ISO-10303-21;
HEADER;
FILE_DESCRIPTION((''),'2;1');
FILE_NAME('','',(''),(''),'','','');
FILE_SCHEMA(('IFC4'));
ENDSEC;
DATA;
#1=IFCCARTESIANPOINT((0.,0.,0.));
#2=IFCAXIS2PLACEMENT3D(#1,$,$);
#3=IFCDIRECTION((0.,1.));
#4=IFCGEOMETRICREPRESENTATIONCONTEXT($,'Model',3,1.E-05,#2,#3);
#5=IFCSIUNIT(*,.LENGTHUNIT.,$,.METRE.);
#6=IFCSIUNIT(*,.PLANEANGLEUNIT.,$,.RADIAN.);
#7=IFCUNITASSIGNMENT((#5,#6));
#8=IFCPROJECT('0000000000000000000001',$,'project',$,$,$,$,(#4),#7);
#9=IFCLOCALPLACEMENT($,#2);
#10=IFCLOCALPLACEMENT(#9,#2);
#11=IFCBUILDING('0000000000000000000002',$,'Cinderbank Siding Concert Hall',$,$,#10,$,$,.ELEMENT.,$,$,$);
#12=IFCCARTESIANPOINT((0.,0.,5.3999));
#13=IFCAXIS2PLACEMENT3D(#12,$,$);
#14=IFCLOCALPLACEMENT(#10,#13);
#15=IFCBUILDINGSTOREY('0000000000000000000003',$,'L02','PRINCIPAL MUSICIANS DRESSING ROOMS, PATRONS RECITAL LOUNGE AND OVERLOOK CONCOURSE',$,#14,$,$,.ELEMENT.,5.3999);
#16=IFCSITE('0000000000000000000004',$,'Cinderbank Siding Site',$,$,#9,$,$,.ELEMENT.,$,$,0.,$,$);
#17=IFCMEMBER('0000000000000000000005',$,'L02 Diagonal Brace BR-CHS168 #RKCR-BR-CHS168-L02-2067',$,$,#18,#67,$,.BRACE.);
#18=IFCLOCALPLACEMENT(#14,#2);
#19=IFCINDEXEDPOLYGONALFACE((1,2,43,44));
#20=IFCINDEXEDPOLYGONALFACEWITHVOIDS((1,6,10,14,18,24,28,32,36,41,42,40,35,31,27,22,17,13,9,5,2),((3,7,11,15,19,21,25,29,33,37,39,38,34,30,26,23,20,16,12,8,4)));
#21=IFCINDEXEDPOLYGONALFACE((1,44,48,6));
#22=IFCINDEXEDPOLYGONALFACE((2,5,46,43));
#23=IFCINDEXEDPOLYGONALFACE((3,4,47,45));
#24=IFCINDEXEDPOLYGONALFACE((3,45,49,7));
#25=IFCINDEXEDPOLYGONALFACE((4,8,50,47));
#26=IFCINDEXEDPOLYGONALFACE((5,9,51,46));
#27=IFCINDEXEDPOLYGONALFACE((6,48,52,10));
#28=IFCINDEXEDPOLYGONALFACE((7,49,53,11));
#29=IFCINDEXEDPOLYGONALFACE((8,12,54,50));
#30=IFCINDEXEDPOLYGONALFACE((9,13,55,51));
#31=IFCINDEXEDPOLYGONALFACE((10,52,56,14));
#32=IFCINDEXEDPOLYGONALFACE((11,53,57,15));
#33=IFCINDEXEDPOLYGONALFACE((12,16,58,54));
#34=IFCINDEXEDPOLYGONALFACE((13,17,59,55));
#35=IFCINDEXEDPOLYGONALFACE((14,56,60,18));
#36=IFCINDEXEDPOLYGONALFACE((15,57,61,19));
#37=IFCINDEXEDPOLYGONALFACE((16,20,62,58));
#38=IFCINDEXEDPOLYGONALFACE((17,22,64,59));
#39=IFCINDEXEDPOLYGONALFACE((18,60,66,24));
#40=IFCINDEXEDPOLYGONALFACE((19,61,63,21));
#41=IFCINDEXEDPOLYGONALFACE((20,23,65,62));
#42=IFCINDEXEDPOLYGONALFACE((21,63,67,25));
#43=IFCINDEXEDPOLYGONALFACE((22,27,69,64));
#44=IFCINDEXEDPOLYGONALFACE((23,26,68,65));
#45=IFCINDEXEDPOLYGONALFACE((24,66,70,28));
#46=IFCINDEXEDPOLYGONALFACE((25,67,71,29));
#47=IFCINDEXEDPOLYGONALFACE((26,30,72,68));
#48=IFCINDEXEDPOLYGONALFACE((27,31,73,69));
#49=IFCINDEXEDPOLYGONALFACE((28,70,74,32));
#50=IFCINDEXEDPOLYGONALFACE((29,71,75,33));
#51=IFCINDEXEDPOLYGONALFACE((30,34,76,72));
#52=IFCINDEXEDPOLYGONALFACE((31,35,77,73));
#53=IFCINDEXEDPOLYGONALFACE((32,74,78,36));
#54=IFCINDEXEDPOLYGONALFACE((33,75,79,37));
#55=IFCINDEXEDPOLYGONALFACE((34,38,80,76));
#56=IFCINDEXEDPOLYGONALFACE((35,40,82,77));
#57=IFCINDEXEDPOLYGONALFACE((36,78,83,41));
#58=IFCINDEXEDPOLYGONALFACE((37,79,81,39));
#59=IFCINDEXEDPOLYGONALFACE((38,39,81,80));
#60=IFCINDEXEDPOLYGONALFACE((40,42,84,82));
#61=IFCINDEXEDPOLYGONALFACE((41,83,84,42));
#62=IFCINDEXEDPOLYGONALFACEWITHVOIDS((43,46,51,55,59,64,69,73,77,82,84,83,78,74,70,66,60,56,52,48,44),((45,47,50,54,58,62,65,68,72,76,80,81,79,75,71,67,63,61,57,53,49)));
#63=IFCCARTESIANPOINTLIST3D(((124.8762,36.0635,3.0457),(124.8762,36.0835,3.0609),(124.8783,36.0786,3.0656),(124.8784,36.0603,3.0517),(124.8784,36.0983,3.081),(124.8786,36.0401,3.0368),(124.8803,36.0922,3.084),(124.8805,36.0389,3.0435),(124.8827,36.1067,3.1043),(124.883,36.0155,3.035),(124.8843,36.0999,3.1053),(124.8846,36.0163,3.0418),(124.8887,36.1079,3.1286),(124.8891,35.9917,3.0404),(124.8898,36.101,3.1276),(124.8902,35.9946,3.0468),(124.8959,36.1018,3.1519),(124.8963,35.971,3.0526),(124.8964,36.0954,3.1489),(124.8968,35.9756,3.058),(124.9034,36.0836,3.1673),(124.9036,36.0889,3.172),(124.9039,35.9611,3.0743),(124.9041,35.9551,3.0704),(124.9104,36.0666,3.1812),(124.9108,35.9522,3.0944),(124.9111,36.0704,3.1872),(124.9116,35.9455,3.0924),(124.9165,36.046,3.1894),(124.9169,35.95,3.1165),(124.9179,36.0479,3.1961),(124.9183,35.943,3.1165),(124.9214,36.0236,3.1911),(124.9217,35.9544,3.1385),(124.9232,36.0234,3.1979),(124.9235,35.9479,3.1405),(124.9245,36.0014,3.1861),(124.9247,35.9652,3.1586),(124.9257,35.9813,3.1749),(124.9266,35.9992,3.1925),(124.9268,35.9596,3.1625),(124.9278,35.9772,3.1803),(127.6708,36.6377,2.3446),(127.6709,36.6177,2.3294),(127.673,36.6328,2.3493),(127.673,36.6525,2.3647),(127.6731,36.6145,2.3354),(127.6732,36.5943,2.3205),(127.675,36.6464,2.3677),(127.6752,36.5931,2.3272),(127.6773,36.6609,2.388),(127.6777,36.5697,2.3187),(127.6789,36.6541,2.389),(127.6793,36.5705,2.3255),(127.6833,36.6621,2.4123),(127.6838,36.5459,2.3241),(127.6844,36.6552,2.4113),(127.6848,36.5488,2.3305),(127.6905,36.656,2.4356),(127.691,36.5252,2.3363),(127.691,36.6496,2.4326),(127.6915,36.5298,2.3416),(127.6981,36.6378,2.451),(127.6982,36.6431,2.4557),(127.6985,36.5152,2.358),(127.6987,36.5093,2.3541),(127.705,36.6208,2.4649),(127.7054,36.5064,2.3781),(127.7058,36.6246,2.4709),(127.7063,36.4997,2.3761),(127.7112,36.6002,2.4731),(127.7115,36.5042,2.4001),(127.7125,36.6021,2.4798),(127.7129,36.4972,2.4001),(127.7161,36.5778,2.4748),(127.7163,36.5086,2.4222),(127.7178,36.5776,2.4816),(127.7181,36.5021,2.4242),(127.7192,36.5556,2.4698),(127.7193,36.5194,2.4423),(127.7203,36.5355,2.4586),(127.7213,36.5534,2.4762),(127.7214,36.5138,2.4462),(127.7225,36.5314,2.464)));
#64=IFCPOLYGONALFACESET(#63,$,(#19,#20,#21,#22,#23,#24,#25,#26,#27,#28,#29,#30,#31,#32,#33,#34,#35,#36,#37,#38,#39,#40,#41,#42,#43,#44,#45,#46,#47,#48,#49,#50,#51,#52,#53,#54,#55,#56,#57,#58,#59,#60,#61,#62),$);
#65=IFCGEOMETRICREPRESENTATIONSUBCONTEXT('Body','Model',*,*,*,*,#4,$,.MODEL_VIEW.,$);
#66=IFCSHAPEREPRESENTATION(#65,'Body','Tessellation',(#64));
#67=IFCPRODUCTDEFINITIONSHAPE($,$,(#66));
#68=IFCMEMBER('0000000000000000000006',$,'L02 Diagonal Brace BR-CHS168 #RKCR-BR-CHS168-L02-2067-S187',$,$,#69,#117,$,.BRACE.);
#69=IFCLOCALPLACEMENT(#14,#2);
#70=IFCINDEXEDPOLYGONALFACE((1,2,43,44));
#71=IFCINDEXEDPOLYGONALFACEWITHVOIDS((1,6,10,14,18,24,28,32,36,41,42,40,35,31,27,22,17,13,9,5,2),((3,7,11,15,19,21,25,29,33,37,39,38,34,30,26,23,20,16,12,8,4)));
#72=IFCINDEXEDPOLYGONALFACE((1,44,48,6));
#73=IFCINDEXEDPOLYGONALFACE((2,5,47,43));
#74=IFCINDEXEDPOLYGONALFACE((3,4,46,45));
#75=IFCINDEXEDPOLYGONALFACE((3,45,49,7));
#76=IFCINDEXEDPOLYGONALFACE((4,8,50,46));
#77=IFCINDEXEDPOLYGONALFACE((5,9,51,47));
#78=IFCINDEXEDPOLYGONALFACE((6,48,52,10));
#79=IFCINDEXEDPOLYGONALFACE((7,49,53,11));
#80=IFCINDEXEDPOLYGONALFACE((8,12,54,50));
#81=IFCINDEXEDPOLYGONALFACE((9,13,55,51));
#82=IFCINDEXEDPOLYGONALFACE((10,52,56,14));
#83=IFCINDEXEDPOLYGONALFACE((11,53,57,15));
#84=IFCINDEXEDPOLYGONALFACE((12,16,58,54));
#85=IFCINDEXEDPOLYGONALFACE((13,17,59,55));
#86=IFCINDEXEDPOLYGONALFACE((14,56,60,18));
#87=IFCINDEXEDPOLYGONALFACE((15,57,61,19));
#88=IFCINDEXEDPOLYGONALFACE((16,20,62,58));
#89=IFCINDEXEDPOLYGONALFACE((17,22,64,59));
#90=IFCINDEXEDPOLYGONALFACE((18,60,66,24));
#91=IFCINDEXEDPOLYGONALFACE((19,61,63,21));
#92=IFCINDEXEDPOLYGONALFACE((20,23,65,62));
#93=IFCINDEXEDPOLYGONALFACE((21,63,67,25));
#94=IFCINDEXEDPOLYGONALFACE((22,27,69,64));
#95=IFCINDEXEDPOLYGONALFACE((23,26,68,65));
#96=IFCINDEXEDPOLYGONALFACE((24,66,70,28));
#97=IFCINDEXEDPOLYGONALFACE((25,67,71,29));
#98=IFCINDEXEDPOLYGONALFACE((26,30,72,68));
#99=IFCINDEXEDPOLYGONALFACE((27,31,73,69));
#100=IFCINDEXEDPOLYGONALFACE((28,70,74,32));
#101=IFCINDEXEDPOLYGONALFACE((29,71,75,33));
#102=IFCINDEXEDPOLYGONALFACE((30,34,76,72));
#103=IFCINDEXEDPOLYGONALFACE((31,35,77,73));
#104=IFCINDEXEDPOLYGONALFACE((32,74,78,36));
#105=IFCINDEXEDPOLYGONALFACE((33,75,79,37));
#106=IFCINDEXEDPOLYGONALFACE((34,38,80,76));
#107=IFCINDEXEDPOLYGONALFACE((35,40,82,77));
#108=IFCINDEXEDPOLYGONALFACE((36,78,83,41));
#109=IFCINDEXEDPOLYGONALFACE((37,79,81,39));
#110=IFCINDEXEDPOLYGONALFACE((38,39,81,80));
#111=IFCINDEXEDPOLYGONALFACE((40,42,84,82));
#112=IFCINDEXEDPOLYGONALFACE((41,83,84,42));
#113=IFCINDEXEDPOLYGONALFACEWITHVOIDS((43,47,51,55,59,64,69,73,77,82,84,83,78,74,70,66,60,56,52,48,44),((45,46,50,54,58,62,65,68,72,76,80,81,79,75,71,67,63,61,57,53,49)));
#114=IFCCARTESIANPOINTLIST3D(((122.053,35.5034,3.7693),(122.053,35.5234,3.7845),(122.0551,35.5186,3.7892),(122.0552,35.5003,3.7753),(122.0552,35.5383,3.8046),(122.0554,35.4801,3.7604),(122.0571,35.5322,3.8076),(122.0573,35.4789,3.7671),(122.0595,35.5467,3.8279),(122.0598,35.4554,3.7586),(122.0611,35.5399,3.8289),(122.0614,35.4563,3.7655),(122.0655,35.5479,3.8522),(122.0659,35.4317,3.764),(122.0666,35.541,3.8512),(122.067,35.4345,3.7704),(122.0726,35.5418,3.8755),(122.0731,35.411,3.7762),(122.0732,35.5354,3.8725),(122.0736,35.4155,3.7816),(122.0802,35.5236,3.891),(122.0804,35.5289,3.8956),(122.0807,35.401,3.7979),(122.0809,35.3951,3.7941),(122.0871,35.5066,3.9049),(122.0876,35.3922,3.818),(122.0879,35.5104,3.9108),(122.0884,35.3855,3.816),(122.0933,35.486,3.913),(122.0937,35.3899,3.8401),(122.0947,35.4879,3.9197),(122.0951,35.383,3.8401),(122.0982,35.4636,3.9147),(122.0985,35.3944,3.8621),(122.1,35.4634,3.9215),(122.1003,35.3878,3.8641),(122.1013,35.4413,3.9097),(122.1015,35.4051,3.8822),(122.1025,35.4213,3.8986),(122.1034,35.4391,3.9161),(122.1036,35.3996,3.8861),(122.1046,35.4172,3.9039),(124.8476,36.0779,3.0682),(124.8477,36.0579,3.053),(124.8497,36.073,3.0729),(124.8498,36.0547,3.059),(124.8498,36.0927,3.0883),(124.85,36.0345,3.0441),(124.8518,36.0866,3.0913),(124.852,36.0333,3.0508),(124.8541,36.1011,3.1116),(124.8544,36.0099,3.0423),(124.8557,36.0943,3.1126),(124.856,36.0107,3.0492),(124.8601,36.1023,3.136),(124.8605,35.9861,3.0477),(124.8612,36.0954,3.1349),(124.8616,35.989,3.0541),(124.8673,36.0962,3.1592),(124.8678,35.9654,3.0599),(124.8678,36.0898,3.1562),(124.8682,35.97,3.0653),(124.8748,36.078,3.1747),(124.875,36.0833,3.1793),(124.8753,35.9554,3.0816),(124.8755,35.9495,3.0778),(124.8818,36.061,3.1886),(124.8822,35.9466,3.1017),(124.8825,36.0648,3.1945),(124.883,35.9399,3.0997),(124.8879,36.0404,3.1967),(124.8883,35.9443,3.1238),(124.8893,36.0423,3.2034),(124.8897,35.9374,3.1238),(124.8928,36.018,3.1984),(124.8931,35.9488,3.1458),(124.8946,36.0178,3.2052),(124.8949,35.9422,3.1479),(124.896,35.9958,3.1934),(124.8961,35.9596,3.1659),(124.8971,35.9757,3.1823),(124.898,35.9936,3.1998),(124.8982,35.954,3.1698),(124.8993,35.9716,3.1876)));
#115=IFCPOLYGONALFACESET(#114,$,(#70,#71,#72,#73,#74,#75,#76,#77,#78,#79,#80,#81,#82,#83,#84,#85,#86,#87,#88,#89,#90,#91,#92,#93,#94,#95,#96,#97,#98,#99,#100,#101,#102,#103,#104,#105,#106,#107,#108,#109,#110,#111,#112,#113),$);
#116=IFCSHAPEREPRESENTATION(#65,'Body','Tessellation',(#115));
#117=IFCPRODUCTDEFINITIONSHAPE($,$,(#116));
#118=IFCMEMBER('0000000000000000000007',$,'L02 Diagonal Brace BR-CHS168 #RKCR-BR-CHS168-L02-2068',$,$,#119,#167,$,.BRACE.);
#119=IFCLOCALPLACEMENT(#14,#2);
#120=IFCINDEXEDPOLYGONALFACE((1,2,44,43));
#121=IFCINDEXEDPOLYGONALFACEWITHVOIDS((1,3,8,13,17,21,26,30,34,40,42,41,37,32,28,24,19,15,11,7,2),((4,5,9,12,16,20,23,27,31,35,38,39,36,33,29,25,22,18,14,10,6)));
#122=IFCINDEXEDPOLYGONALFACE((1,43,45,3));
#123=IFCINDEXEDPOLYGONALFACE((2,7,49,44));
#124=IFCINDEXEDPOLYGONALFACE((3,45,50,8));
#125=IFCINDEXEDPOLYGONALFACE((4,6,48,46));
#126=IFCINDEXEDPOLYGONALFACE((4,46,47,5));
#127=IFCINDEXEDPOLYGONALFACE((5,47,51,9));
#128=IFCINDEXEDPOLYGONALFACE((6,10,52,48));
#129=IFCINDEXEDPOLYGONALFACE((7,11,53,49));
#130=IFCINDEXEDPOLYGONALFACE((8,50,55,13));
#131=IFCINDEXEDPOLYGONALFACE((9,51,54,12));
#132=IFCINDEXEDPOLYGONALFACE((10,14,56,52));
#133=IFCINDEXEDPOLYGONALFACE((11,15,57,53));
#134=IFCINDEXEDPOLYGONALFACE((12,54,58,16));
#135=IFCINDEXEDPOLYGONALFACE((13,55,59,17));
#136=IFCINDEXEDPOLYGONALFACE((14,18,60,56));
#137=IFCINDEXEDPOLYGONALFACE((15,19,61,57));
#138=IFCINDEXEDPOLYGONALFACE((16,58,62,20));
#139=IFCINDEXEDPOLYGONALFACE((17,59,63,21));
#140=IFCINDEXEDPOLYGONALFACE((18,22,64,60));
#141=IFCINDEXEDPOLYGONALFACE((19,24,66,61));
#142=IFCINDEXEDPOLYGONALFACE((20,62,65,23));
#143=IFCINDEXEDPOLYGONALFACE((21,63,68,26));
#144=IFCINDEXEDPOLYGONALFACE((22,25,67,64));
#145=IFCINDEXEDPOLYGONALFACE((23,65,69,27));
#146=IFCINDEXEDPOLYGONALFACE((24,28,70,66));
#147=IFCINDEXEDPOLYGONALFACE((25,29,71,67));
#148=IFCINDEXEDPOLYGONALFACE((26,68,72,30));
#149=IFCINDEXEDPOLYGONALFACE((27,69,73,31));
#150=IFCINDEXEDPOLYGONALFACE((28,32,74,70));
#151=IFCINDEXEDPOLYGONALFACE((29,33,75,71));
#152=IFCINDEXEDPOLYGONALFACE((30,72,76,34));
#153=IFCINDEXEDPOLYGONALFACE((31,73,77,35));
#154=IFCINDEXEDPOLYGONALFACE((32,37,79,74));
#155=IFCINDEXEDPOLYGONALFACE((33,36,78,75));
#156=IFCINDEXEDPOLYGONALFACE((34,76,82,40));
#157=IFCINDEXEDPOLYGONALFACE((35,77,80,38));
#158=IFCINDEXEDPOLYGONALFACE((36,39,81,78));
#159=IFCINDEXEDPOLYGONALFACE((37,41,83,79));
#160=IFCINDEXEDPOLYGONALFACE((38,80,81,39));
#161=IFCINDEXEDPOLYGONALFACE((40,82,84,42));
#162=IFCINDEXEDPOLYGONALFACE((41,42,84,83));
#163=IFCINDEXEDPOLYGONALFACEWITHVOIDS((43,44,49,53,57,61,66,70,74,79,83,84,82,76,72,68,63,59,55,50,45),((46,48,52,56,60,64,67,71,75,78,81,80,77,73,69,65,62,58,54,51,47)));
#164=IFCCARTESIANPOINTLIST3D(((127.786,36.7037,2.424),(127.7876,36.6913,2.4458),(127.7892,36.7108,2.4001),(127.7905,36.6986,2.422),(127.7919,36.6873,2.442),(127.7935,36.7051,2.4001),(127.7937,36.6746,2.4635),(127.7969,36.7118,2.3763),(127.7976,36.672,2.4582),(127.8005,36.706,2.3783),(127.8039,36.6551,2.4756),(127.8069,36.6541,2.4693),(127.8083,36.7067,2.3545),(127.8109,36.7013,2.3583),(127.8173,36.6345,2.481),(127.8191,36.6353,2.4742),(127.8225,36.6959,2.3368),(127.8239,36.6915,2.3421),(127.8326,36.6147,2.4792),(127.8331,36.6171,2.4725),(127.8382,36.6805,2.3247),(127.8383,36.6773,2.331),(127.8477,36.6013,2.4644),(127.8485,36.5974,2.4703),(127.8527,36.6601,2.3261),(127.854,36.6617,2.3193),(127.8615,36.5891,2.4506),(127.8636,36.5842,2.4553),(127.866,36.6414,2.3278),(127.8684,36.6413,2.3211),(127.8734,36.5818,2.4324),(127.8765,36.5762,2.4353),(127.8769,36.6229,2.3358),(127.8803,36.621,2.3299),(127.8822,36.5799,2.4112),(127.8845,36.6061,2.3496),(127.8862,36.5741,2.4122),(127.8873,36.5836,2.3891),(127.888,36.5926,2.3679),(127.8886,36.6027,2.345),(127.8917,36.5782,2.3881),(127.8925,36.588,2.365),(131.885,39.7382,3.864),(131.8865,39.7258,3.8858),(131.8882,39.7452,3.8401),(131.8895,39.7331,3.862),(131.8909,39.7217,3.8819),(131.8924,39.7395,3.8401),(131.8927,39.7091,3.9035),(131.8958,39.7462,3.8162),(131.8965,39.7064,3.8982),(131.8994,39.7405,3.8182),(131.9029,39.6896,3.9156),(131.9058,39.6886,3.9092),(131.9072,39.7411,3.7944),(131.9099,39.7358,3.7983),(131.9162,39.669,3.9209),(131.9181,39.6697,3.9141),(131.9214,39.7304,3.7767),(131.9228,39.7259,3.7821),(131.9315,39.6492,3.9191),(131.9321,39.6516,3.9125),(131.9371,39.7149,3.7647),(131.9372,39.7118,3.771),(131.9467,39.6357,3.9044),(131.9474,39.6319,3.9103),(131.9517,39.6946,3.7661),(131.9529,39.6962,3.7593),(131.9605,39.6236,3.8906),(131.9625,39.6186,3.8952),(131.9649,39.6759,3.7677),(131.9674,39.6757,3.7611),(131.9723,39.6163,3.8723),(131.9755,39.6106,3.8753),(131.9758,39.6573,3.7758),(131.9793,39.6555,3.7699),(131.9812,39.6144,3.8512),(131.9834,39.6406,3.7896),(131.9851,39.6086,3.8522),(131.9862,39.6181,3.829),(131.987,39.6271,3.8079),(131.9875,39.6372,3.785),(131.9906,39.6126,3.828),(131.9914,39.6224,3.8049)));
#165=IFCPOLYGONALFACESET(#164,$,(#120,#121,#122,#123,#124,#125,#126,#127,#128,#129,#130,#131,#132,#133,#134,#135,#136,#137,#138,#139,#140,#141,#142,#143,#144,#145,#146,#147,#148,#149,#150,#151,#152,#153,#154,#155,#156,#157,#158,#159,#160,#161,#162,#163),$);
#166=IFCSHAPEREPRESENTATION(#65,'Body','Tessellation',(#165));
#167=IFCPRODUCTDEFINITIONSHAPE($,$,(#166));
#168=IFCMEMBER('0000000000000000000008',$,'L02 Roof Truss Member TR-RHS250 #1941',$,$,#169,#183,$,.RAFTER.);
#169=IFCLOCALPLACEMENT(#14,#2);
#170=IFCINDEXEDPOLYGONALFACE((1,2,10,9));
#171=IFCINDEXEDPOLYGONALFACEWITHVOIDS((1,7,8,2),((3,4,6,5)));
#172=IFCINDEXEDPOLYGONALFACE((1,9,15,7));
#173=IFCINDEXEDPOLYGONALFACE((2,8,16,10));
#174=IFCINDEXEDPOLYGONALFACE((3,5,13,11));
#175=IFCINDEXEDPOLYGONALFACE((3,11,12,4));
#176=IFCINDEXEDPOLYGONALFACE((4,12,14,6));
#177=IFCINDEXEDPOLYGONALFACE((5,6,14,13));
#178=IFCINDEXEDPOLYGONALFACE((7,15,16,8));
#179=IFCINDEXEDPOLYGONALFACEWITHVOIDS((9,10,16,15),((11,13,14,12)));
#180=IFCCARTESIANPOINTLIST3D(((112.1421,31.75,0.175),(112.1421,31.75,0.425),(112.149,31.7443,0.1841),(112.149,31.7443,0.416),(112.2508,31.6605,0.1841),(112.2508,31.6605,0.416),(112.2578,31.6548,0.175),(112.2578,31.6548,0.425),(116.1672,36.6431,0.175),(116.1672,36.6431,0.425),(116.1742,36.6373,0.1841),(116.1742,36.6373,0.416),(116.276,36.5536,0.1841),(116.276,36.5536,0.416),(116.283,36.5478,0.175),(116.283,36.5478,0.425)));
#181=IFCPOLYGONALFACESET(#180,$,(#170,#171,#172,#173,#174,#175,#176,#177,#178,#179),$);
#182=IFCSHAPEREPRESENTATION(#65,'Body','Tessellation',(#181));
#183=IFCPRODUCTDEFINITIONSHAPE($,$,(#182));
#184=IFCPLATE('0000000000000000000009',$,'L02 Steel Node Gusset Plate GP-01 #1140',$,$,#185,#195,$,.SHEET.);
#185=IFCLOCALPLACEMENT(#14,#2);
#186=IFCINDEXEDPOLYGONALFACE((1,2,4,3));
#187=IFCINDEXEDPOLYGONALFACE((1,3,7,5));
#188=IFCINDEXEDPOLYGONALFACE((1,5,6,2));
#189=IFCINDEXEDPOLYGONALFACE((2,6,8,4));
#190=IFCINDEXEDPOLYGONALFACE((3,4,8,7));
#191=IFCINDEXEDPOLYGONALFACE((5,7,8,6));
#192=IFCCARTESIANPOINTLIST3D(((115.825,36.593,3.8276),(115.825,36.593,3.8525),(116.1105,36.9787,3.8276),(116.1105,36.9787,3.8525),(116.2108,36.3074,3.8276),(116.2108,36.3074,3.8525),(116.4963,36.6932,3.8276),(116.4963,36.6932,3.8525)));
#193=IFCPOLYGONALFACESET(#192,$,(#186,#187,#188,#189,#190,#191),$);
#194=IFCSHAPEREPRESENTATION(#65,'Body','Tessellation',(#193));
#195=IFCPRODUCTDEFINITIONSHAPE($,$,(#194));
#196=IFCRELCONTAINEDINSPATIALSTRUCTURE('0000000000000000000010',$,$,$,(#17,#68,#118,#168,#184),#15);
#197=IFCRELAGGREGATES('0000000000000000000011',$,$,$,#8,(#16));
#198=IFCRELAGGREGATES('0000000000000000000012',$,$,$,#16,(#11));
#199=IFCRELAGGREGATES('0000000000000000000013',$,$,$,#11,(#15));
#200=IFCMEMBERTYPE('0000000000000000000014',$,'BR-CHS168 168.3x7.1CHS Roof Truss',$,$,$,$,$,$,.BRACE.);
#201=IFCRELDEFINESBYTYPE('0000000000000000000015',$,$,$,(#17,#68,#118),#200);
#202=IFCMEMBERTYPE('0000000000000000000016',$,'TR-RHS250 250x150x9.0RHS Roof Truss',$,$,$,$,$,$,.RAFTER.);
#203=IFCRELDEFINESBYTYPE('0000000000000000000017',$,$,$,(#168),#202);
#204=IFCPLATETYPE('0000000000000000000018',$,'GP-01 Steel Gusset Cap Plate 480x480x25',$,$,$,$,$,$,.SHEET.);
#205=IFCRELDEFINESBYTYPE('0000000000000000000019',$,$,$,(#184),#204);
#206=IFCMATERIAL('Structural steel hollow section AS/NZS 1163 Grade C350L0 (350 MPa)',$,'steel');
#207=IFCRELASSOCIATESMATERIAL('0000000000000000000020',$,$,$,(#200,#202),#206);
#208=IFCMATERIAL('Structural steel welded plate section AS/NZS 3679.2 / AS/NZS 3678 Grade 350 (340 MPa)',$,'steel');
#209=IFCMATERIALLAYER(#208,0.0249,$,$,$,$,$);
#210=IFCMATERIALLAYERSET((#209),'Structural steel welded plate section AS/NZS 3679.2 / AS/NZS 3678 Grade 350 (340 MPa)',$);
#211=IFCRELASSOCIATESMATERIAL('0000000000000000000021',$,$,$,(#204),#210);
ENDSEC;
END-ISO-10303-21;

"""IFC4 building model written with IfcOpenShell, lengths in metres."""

from ifc_helpers import new_model, si_unit, direction, frame, origin, origin_2d, place, context, subcontext, project, spatial, rectangle, hollow_rectangle, hollow_circle, extrude, material, layer, layer_set, material_profile, profile_set, type_object, element, save


model = new_model("IFC4")

# Units and contexts
model_context = context("Model", 3, precision=1e-05, world=origin(), true_north=direction((0.0, 1.0)))
body_context = subcontext(model_context, "Body", "Model", "MODEL_VIEW")
ifc_project = project(units=[si_unit("LENGTHUNIT", "METRE"), si_unit("PLANEANGLEUNIT", "RADIAN")], contexts=[model_context])

# Site, building, storey
site_placement = place(None, origin())
site = spatial("IfcSite", under=ifc_project, at=site_placement, Name="Cinderbank Siding Site", CompositionType="ELEMENT", RefElevation=0.0)
building_placement = place(site_placement, origin())
building = spatial("IfcBuilding", under=site, at=building_placement, Name="Cinderbank Siding Concert Hall", CompositionType="ELEMENT")
storey_placement = place(building_placement, frame((0.0, 0.0, 5.3999)))
storey = spatial("IfcBuildingStorey", under=building, at=storey_placement, Name="L02", Description="PRINCIPAL MUSICIANS DRESSING ROOMS, PATRONS RECITAL LOUNGE AND OVERLOOK CONCOURSE", CompositionType="ELEMENT", Elevation=5.3999)

# Shared definitions
ifc_material_1 = material(Name="Structural steel hollow section AS/NZS 1163 Grade C350L0 (350 MPa)", Category="steel")

# Members
ifc_material_profile_1 = material_profile(ifc_material_1, hollow_circle(Radius=0.0842, WallThickness=0.0071, at=origin_2d()), Name="168.3x7.1CHS", Category="LoadBearing")
ifc_profile_set_1 = profile_set([ifc_material_profile_1], Name="Structural steel hollow section AS/NZS 1163 Grade C350L0 (350 MPa)")
member_type_1 = type_object("IfcMemberType", Name="BR-CHS168 168.3x7.1CHS Roof Truss", PredefinedType="BRACE", material=ifc_profile_set_1)
for number, where, z_axis, x_axis, name in (
    (1, (127.6965, 36.5798, 2.4001), (-0.951294, -0.188647, 0.243828), (0.194517, -0.980899, 0.0), "L02 Diagonal Brace BR-CHS168 #RKCR-BR-CHS168-L02-2067"),
    (2, (124.8733, 36.02, 3.1238), (-0.951279, -0.188727, 0.243824), (0.1946, -0.980883, 0.0), "L02 Diagonal Brace BR-CHS168 #RKCR-BR-CHS168-L02-2067-S187"),
):
    element("IfcMember", number, at=place(storey_placement, frame(where, z_axis=z_axis, x_axis=x_axis)), inside=storey, type_object=member_type_1, Name=name, PredefinedType="BRACE", context=body_context, shape_type="SweptSolid", body=[
        extrude(hollow_circle(Radius=0.0842, WallThickness=0.0071, at=origin_2d()), origin(), (0.0, 0.0, 1.0), 2.9377),
    ])
member_1_placement = place(storey_placement, frame((127.8394, 36.6431, 2.4001), z_axis=(0.773484, 0.572615, 0.271726), x_axis=(-0.595002, 0.803724, 0.0)))
element("IfcMember", 3, at=member_1_placement, inside=storey, type_object=member_type_1, Name="L02 Diagonal Brace BR-CHS168 #RKCR-BR-CHS168-L02-2068", PredefinedType="BRACE", context=body_context, shape_type="SweptSolid", body=[
    extrude(hollow_circle(Radius=0.0842, WallThickness=0.0071, at=origin_2d()), origin(), (0.0, 0.0, 1.0), 5.2993),
])
ifc_material_profile_2 = material_profile(ifc_material_1, hollow_rectangle(XDim=0.1499, YDim=0.25, WallThickness=0.009, at=origin_2d()), Name="250x150x9.0RHS", Category="LoadBearing")
ifc_profile_set_2 = profile_set([ifc_material_profile_2], Name="Structural steel hollow section AS/NZS 1163 Grade C350L0 (350 MPa)")
member_type_2 = type_object("IfcMemberType", Name="TR-RHS250 250x150x9.0RHS Roof Truss", PredefinedType="RAFTER", material=ifc_profile_set_2)
member_2_placement = place(storey_placement, frame((116.2251, 36.5955, 0.3), z_axis=(-0.63529, -0.772274, 0.0), x_axis=(0.772274, -0.63529, 0.0)))
element("IfcMember", 4, at=member_2_placement, inside=storey, type_object=member_type_2, Name="L02 Roof Truss Member TR-RHS250 #1941", PredefinedType="RAFTER", context=body_context, shape_type="SweptSolid", body=[
    extrude(hollow_rectangle(XDim=0.1499, YDim=0.25, WallThickness=0.009, at=origin_2d()), origin(), (0.0, 0.0, 1.0), 6.3359),
])

# Plate
ifc_material_2 = material(Name="Structural steel welded plate section AS/NZS 3679.2 / AS/NZS 3678 Grade 350 (340 MPa)", Category="steel")
ifc_layer_1 = layer(ifc_material_2, 0.0249)
ifc_layer_set_1 = layer_set([ifc_layer_1], Name="Structural steel welded plate section AS/NZS 3679.2 / AS/NZS 3678 Grade 350 (340 MPa)")
plate_type_1 = type_object("IfcPlateType", Name="GP-01 Steel Gusset Cap Plate 480x480x25", PredefinedType="SHEET", material=ifc_layer_set_1)
for number, where, z_axis, x_axis, name in (
    (5, (116.1606, 36.6431, 3.8276), (0.0, 0.0, 1.0), (0.803753, -0.594963, 0.0), "L02 Steel Node Gusset Plate GP-01 #1140"),
):
    element("IfcPlate", number, at=place(storey_placement, frame(where, z_axis=z_axis, x_axis=x_axis)), inside=storey, type_object=plate_type_1, Name=name, PredefinedType="SHEET", context=body_context, shape_type="SweptSolid", body=[
        extrude(rectangle(XDim=0.48, YDim=0.48, at=origin_2d()), origin(), (0.0, 0.0, 1.0), 0.0249),
    ])

save(model, "model.ifc")
